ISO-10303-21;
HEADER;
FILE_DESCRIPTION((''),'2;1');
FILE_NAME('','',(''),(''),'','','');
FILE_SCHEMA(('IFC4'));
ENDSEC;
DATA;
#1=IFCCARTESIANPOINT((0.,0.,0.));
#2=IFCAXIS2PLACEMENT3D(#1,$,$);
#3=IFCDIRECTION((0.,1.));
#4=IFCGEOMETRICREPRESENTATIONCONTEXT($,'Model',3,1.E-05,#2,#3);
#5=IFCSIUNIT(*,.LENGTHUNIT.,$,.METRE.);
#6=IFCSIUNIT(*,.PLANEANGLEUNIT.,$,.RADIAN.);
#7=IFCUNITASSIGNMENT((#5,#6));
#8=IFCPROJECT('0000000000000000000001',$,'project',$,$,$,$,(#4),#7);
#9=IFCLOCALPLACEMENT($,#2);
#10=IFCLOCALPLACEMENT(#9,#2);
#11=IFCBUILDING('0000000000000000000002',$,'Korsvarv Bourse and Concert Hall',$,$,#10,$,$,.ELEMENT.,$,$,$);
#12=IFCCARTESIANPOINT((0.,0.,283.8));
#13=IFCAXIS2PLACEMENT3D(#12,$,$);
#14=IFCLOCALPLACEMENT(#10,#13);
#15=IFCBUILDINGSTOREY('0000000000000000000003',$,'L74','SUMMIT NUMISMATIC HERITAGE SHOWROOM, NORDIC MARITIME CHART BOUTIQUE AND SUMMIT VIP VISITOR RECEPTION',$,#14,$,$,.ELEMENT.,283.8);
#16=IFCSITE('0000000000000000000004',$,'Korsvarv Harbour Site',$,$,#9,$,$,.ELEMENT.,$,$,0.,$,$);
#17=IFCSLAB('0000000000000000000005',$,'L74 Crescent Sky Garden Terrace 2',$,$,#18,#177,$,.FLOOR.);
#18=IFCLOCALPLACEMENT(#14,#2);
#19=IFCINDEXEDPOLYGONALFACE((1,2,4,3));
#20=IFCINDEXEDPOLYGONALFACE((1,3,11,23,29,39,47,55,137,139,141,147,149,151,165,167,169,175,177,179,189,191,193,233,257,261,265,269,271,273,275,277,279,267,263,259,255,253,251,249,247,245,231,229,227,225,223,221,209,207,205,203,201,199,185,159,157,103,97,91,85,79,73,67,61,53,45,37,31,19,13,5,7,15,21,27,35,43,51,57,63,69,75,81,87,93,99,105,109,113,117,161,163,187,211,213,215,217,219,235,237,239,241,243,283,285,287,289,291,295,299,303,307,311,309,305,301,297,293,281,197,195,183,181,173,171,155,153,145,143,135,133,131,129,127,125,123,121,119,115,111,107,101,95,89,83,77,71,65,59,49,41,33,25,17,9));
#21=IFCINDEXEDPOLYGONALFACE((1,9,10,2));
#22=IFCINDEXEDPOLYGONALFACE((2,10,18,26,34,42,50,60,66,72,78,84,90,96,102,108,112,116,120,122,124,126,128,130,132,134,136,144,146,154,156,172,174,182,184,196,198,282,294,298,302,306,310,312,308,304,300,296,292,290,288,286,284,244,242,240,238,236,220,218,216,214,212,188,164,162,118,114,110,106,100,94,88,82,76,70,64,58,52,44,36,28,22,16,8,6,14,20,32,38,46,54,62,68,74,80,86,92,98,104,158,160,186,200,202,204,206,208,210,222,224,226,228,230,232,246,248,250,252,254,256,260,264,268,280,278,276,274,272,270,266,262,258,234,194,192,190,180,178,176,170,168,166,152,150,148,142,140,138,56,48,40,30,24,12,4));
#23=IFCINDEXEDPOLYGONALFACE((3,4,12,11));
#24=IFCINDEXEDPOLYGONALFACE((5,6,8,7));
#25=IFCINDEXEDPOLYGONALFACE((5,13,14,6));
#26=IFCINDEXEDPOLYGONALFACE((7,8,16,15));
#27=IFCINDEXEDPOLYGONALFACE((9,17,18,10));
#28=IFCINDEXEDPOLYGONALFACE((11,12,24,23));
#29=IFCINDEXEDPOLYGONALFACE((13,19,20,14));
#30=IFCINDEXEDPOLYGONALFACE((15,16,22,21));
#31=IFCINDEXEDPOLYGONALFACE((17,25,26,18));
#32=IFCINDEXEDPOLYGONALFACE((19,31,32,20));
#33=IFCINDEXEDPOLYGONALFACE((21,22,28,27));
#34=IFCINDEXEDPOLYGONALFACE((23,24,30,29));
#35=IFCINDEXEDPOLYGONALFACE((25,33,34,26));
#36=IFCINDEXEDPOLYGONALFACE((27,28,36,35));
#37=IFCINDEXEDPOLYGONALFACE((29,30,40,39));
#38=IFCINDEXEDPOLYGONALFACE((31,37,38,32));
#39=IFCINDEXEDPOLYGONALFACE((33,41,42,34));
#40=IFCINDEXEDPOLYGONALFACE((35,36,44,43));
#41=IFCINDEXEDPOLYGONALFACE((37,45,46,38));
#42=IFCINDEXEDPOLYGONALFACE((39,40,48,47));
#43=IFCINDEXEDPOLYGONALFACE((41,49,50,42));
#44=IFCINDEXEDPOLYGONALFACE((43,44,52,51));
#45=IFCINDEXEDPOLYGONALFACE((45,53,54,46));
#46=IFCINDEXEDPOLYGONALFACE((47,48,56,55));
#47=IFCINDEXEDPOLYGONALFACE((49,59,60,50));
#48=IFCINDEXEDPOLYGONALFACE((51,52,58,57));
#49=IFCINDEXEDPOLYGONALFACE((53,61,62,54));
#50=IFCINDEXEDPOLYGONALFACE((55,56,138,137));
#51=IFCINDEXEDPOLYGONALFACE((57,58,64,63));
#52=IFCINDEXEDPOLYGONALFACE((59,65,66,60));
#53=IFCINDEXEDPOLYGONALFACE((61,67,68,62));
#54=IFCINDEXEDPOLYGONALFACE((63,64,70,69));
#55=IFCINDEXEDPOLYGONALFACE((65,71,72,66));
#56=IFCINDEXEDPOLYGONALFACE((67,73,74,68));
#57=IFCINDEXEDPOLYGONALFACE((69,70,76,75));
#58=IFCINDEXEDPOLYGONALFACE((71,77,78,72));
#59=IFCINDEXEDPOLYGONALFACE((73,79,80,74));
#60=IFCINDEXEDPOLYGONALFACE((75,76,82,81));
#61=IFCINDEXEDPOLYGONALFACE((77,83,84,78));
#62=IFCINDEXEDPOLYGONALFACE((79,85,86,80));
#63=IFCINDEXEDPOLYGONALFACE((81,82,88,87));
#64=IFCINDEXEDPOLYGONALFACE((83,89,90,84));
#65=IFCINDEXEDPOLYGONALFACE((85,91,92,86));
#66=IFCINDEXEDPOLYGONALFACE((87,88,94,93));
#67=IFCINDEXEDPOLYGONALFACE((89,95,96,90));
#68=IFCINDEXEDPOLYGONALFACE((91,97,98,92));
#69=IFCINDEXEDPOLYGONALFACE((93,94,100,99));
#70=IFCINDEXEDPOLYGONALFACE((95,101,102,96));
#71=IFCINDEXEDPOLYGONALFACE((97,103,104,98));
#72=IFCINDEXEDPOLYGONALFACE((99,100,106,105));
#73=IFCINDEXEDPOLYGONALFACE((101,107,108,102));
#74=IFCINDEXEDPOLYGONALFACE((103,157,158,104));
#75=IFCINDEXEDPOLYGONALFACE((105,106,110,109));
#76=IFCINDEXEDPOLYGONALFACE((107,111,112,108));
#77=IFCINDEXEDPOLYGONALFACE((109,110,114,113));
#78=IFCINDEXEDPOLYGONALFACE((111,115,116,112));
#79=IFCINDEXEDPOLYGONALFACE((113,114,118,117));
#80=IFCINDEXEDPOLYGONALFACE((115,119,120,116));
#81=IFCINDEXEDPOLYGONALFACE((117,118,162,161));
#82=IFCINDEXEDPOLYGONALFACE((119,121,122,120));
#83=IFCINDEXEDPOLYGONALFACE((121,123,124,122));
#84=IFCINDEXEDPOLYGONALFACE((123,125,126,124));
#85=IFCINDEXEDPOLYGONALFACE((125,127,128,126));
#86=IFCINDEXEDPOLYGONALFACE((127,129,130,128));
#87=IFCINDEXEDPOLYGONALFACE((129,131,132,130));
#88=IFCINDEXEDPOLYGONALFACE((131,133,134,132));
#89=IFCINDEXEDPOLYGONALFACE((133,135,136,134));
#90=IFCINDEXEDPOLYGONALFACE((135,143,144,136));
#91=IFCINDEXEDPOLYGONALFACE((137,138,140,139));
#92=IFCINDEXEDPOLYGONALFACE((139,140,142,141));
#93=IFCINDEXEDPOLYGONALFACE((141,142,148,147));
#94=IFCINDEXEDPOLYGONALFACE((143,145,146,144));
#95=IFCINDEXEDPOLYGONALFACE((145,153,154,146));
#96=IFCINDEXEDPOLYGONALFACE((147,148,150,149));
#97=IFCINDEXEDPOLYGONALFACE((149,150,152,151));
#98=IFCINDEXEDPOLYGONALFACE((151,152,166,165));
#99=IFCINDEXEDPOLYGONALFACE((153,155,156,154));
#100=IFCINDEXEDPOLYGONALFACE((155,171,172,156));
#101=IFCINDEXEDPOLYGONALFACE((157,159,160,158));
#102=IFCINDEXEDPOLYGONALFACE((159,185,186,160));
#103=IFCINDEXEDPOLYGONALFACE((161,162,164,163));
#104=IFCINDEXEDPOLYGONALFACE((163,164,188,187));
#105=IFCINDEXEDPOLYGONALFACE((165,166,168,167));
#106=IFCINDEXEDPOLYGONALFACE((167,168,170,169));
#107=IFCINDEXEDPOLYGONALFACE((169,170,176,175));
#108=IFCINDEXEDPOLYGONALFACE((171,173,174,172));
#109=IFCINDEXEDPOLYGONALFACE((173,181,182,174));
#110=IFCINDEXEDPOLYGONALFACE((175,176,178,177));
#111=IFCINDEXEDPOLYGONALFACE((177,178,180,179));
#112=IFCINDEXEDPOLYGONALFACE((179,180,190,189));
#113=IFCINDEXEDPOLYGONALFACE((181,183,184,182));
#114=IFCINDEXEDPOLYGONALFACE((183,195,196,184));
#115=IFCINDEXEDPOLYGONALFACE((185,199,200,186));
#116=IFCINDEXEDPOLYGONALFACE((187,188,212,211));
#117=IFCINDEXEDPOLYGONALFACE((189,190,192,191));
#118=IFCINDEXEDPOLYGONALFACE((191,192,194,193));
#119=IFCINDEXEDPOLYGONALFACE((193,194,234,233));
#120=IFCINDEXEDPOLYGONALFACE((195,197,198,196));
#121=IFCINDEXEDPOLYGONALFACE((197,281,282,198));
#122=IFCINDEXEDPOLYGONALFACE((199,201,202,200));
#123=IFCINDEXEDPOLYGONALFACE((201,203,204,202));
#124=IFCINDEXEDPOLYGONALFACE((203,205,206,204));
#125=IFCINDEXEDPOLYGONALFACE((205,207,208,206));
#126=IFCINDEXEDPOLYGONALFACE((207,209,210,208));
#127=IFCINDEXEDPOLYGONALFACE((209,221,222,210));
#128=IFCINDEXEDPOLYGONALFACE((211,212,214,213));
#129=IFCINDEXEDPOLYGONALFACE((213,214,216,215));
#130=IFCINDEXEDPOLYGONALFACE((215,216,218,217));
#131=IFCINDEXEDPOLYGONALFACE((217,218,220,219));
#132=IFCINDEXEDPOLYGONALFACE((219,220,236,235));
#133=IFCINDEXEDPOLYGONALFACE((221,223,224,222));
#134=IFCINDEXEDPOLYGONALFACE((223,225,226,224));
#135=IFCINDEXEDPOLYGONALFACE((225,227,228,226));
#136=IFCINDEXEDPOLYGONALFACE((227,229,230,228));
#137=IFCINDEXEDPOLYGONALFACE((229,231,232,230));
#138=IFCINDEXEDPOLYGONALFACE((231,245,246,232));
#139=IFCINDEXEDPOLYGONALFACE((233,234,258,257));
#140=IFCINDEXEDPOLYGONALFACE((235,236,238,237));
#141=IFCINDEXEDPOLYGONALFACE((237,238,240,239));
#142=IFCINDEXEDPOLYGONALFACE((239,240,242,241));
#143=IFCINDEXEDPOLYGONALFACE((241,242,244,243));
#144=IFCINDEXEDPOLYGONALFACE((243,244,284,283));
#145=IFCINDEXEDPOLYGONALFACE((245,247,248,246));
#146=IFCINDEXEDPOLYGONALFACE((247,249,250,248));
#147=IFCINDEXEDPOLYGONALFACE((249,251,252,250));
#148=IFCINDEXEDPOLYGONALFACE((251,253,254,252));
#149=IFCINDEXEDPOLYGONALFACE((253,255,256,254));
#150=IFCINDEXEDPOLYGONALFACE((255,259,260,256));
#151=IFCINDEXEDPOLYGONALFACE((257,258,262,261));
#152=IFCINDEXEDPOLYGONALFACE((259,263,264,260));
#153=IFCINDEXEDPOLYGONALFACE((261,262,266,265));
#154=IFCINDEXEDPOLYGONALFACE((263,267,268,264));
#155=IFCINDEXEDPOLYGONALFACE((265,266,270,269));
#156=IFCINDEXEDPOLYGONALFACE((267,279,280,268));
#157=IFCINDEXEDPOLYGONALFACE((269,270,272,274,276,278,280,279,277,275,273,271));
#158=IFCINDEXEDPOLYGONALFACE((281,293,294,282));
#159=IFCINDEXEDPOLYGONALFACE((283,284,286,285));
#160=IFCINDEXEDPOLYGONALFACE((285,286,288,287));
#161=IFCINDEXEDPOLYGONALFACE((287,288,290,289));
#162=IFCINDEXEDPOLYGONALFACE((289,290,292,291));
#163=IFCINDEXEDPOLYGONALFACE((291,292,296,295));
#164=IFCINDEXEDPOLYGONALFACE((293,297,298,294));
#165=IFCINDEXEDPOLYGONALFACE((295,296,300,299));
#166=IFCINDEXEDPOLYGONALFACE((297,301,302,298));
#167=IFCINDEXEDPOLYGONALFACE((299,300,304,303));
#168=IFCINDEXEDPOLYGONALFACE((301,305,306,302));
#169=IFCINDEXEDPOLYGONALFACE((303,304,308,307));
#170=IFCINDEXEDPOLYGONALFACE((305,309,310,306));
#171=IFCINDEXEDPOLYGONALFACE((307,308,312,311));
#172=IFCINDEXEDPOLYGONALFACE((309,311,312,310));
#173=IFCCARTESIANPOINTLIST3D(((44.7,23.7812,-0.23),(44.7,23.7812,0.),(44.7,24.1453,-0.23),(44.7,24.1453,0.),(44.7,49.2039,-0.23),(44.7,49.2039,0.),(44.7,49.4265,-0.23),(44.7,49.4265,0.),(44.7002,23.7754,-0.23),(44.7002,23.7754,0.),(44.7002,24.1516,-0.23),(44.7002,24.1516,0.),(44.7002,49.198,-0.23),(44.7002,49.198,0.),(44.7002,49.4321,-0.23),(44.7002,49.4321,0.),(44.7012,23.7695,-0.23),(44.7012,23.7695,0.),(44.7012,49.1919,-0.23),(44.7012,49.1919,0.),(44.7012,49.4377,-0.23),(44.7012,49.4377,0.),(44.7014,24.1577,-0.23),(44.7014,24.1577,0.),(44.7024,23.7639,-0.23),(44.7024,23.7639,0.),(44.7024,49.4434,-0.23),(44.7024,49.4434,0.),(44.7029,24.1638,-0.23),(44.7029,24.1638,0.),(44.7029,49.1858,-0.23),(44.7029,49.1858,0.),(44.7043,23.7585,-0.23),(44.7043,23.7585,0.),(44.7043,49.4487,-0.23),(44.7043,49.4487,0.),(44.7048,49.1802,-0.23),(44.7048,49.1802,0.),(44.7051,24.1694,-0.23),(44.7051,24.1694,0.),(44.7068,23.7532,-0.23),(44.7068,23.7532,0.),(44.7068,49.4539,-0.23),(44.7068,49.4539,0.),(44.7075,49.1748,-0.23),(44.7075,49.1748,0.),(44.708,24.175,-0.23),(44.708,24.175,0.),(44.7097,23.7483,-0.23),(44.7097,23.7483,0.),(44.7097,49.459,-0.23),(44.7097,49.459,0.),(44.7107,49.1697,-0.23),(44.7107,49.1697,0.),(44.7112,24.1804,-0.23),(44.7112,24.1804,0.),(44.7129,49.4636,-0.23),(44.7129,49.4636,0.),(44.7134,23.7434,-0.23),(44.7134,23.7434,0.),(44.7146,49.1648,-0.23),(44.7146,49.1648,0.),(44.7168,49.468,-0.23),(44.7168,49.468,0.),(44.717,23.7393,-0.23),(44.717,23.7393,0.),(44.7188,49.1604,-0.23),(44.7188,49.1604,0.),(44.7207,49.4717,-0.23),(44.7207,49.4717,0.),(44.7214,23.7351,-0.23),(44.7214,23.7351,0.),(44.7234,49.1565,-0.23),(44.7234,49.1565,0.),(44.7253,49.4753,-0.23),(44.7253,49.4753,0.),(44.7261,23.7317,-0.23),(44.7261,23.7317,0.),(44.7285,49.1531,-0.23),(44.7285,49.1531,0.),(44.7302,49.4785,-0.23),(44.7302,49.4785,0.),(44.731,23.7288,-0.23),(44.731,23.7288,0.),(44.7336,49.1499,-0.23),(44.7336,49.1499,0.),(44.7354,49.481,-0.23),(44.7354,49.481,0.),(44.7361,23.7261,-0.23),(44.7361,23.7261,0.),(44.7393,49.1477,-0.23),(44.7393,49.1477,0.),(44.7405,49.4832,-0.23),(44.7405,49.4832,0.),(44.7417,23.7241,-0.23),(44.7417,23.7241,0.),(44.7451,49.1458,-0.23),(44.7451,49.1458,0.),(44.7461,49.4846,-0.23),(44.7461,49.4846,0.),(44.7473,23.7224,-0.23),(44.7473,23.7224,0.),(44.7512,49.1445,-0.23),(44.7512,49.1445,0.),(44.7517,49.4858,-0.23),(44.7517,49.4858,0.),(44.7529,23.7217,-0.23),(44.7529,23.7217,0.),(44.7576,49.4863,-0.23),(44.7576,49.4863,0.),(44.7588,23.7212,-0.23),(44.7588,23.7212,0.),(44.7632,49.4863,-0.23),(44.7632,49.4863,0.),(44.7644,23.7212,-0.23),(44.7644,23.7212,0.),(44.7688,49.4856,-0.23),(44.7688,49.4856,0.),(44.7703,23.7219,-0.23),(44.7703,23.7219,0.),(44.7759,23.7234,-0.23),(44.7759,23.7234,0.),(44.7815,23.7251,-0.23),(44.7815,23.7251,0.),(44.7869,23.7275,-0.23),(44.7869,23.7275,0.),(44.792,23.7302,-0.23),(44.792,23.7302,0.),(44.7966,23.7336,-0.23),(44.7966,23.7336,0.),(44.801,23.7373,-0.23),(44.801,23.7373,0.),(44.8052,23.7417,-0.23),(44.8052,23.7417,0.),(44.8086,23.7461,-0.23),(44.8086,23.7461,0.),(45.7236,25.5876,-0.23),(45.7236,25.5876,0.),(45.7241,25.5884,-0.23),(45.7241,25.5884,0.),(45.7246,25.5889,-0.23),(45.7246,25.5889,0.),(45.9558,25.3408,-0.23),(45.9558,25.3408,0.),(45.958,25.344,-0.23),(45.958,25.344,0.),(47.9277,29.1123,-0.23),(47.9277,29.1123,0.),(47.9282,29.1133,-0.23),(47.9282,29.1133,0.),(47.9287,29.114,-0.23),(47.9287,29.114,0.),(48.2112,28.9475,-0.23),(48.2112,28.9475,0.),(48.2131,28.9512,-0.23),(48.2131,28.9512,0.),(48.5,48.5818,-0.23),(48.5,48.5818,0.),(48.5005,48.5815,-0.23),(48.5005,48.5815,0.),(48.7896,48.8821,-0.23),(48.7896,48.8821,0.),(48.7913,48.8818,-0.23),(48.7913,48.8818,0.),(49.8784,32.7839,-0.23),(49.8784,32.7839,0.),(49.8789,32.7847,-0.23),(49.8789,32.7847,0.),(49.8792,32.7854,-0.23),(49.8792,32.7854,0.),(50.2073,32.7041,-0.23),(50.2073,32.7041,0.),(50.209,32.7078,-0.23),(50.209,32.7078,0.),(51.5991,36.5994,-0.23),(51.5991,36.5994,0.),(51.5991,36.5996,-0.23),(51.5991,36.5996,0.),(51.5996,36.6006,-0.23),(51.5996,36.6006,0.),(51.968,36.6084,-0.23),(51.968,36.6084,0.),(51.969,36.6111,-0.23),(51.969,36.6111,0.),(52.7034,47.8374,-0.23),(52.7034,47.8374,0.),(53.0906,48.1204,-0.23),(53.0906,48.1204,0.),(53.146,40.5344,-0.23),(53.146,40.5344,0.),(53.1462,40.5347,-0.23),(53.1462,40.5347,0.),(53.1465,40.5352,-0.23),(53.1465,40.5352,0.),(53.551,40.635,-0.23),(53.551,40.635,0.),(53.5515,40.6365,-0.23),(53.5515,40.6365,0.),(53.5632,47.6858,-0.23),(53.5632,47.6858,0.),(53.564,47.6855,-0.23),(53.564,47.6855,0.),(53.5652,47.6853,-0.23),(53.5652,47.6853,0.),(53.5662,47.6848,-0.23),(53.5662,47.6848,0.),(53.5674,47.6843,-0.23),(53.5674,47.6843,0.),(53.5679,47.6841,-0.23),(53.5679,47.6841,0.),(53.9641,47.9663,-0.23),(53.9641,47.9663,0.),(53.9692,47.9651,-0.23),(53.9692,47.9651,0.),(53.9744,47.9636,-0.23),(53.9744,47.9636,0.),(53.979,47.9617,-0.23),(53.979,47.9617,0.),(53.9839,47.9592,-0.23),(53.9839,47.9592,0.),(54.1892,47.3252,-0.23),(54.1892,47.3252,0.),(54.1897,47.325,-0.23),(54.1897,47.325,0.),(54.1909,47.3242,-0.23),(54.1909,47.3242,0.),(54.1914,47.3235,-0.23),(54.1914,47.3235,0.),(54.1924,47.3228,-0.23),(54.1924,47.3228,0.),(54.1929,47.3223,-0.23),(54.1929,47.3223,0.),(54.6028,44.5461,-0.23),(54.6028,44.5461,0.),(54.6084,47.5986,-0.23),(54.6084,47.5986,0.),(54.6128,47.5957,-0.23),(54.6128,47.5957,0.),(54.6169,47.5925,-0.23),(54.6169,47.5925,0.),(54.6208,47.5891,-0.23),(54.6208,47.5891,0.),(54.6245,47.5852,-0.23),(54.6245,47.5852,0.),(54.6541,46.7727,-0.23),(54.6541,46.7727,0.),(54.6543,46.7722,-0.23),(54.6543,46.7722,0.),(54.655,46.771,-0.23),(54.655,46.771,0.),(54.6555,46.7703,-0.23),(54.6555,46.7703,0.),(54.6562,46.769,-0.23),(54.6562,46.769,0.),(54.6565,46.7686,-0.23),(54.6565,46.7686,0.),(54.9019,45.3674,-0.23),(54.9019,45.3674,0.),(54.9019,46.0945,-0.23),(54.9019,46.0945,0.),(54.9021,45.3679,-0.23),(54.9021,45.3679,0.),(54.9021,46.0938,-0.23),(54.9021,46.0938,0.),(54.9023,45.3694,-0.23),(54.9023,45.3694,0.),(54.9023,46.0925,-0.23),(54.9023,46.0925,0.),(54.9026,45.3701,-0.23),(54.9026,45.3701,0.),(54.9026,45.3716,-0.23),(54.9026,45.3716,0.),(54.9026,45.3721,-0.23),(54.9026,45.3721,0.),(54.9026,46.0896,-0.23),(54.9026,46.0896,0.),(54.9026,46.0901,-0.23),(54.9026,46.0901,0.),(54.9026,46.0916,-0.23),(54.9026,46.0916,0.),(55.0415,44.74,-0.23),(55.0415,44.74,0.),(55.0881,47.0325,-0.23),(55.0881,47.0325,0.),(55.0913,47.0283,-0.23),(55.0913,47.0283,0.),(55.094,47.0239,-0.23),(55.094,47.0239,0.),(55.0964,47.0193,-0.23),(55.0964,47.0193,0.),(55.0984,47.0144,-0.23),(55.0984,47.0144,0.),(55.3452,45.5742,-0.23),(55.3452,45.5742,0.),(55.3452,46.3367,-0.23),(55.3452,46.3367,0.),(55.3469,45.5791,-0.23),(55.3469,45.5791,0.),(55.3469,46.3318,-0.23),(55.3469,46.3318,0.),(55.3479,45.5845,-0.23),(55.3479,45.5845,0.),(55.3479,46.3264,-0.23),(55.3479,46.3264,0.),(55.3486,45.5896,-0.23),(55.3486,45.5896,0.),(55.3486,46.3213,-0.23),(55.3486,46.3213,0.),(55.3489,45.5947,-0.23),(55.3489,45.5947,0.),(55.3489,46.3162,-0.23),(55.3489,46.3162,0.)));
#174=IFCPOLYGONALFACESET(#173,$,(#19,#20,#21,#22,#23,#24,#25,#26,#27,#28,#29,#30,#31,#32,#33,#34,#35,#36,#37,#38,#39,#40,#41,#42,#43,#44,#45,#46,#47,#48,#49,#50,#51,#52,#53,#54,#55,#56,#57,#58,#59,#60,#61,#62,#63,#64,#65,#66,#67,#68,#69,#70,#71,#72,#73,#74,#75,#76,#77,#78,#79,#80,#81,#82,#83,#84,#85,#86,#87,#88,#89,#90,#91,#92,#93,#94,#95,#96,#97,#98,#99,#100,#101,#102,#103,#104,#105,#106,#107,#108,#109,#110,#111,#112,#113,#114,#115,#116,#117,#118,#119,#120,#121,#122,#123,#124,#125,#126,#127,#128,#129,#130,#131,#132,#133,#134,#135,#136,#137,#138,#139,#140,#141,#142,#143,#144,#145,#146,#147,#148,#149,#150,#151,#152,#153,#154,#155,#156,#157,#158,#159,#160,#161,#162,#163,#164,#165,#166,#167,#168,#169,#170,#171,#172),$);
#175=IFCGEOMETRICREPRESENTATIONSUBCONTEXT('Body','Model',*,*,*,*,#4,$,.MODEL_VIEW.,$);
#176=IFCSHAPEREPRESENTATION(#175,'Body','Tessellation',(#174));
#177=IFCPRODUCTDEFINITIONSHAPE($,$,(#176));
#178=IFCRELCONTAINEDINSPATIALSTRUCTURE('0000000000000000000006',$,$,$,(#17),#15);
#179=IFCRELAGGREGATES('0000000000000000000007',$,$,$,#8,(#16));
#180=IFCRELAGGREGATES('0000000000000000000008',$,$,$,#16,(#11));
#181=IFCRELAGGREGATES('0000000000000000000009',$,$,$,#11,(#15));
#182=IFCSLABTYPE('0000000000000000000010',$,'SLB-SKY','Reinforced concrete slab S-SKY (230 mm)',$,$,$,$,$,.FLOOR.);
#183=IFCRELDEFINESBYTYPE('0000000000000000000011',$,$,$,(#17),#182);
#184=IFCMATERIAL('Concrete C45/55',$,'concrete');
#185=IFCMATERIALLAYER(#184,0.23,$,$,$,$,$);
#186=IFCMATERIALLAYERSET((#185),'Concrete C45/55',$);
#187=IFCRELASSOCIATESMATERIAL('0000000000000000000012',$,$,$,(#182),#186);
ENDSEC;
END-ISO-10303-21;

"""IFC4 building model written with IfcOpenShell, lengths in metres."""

from ifc_helpers import new_model, si_unit, direction, frame, origin, place, context, subcontext, project, spatial, polyline, outline, extrude, material, layer, layer_set, type_object, element, save


model = new_model("IFC4")

# Units and contexts
model_context = context("Model", 3, precision=1e-05, world=origin(), true_north=direction((0.0, 1.0)))
body_context = subcontext(model_context, "Body", "Model", "MODEL_VIEW")
ifc_project = project(units=[si_unit("LENGTHUNIT", "METRE"), si_unit("PLANEANGLEUNIT", "RADIAN")], contexts=[model_context])

# Site, building, storey
site_placement = place(None, origin())
site = spatial("IfcSite", under=ifc_project, at=site_placement, Name="Korsvarv Harbour Site", CompositionType="ELEMENT", RefElevation=0.0)
building_placement = place(site_placement, origin())
building = spatial("IfcBuilding", under=site, at=building_placement, Name="Korsvarv Bourse and Concert Hall", CompositionType="ELEMENT")
storey_placement = place(building_placement, frame((0.0, 0.0, 283.8)))
storey = spatial("IfcBuildingStorey", under=building, at=storey_placement, Name="L74", Description="SUMMIT NUMISMATIC HERITAGE SHOWROOM, NORDIC MARITIME CHART BOUTIQUE AND SUMMIT VIP VISITOR RECEPTION", CompositionType="ELEMENT", Elevation=283.8)

# Slab
ifc_material_1 = material(Name="Concrete C45/55", Category="concrete")
ifc_layer_1 = layer(ifc_material_1, 0.23)
ifc_layer_set_1 = layer_set([ifc_layer_1], Name="Concrete C45/55")
slab_type_1 = type_object("IfcSlabType", Name="SLB-SKY", Description="Reinforced concrete slab S-SKY (230 mm)", PredefinedType="FLOOR", material=ifc_layer_set_1)
slab_1_placement = place(storey_placement, frame((0.0, 0.0, -0.23)))
element("IfcSlab", 1, at=slab_1_placement, inside=storey, type_object=slab_type_1, Name="L74 Crescent Sky Garden Terrace 2", PredefinedType="FLOOR", context=body_context, shape_type="SweptSolid", body=[
    extrude(outline(polyline([(45.7241, 25.5884), (45.7246, 25.5889), (47.9277, 29.1123), (47.9282, 29.1133), (47.9287, 29.114), (49.8784, 32.7839), (49.8789, 32.7847), (49.8792, 32.7854), (51.5991, 36.5994), (51.5991, 36.5996), (51.5996, 36.6006), (53.146, 40.5344), (53.1462, 40.5347), (53.1465, 40.5352), (54.6028, 44.5461), (54.9019, 45.3674), (54.9021, 45.3679), (54.9023, 45.3694), (54.9026, 45.3701), (54.9026, 45.3716), (54.9026, 45.3721), (54.9026, 46.0896), (54.9026, 46.0901), (54.9026, 46.0916), (54.9023, 46.0925), (54.9021, 46.0938), (54.9019, 46.0945), (54.6565, 46.7686), (54.6562, 46.769), (54.6555, 46.7703), (54.655, 46.771), (54.6543, 46.7722), (54.6541, 46.7727), (54.1929, 47.3223), (54.1924, 47.3228), (54.1914, 47.3235), (54.1909, 47.3242), (54.1897, 47.325), (54.1892, 47.3252), (53.5679, 47.6841), (53.5674, 47.6843), (53.5662, 47.6848), (53.5652, 47.6853), (53.564, 47.6855), (53.5632, 47.6858), (52.7034, 47.8374), (48.5005, 48.5815), (48.5005, 48.5815), (48.5, 48.5818), (44.7512, 49.1445), (44.7451, 49.1458), (44.7393, 49.1477), (44.7336, 49.1499), (44.7285, 49.1531), (44.7234, 49.1565), (44.7188, 49.1604), (44.7146, 49.1648), (44.7107, 49.1697), (44.7075, 49.1748), (44.7048, 49.1802), (44.7029, 49.1858), (44.7012, 49.1919), (44.7002, 49.198), (44.7, 49.2039), (44.7, 49.4265), (44.7002, 49.4321), (44.7012, 49.4377), (44.7024, 49.4434), (44.7043, 49.4487), (44.7068, 49.4539), (44.7097, 49.459), (44.7129, 49.4636), (44.7168, 49.468), (44.7207, 49.4717), (44.7253, 49.4753), (44.7302, 49.4785), (44.7354, 49.481), (44.7405, 49.4832), (44.7461, 49.4846), (44.7517, 49.4858), (44.7576, 49.4863), (44.7632, 49.4863), (44.7688, 49.4856), (48.7896, 48.8821), (48.7913, 48.8818), (53.0906, 48.1204), (53.9641, 47.9663), (53.9692, 47.9651), (53.9744, 47.9636), (53.979, 47.9617), (53.9839, 47.9592), (54.6084, 47.5986), (54.6128, 47.5957), (54.6169, 47.5925), (54.6208, 47.5891), (54.6245, 47.5852), (55.0881, 47.0325), (55.0913, 47.0283), (55.094, 47.0239), (55.0964, 47.0193), (55.0984, 47.0144), (55.3452, 46.3367), (55.3469, 46.3318), (55.3479, 46.3264), (55.3486, 46.3213), (55.3489, 46.3162), (55.3489, 45.5947), (55.3486, 45.5896), (55.3479, 45.5845), (55.3469, 45.5791), (55.3452, 45.5742), (55.0415, 44.74), (53.5515, 40.6365), (53.551, 40.635), (51.969, 36.6111), (51.968, 36.6084), (50.209, 32.7078), (50.2073, 32.7041), (48.2131, 28.9512), (48.2112, 28.9475), (45.958, 25.344), (45.9558, 25.3408), (44.8086, 23.7461), (44.8052, 23.7417), (44.801, 23.7373), (44.7966, 23.7336), (44.792, 23.7302), (44.7869, 23.7275), (44.7815, 23.7251), (44.7759, 23.7234), (44.7703, 23.7219), (44.7644, 23.7212), (44.7588, 23.7212), (44.7529, 23.7217), (44.7473, 23.7224), (44.7417, 23.7241), (44.7361, 23.7261), (44.731, 23.7288), (44.7261, 23.7317), (44.7214, 23.7351), (44.717, 23.7393), (44.7134, 23.7434), (44.7097, 23.7483), (44.7068, 23.7532), (44.7043, 23.7585), (44.7024, 23.7639), (44.7012, 23.7695), (44.7002, 23.7754), (44.7, 23.7812), (44.7, 24.1453), (44.7002, 24.1516), (44.7014, 24.1577), (44.7029, 24.1638), (44.7051, 24.1694), (44.708, 24.175), (44.7112, 24.1804), (45.7236, 25.5876), (45.7241, 25.5884)])), origin(), (0.0, 0.0, 1.0), 0.23),
])

save(model, "model.ifc")
